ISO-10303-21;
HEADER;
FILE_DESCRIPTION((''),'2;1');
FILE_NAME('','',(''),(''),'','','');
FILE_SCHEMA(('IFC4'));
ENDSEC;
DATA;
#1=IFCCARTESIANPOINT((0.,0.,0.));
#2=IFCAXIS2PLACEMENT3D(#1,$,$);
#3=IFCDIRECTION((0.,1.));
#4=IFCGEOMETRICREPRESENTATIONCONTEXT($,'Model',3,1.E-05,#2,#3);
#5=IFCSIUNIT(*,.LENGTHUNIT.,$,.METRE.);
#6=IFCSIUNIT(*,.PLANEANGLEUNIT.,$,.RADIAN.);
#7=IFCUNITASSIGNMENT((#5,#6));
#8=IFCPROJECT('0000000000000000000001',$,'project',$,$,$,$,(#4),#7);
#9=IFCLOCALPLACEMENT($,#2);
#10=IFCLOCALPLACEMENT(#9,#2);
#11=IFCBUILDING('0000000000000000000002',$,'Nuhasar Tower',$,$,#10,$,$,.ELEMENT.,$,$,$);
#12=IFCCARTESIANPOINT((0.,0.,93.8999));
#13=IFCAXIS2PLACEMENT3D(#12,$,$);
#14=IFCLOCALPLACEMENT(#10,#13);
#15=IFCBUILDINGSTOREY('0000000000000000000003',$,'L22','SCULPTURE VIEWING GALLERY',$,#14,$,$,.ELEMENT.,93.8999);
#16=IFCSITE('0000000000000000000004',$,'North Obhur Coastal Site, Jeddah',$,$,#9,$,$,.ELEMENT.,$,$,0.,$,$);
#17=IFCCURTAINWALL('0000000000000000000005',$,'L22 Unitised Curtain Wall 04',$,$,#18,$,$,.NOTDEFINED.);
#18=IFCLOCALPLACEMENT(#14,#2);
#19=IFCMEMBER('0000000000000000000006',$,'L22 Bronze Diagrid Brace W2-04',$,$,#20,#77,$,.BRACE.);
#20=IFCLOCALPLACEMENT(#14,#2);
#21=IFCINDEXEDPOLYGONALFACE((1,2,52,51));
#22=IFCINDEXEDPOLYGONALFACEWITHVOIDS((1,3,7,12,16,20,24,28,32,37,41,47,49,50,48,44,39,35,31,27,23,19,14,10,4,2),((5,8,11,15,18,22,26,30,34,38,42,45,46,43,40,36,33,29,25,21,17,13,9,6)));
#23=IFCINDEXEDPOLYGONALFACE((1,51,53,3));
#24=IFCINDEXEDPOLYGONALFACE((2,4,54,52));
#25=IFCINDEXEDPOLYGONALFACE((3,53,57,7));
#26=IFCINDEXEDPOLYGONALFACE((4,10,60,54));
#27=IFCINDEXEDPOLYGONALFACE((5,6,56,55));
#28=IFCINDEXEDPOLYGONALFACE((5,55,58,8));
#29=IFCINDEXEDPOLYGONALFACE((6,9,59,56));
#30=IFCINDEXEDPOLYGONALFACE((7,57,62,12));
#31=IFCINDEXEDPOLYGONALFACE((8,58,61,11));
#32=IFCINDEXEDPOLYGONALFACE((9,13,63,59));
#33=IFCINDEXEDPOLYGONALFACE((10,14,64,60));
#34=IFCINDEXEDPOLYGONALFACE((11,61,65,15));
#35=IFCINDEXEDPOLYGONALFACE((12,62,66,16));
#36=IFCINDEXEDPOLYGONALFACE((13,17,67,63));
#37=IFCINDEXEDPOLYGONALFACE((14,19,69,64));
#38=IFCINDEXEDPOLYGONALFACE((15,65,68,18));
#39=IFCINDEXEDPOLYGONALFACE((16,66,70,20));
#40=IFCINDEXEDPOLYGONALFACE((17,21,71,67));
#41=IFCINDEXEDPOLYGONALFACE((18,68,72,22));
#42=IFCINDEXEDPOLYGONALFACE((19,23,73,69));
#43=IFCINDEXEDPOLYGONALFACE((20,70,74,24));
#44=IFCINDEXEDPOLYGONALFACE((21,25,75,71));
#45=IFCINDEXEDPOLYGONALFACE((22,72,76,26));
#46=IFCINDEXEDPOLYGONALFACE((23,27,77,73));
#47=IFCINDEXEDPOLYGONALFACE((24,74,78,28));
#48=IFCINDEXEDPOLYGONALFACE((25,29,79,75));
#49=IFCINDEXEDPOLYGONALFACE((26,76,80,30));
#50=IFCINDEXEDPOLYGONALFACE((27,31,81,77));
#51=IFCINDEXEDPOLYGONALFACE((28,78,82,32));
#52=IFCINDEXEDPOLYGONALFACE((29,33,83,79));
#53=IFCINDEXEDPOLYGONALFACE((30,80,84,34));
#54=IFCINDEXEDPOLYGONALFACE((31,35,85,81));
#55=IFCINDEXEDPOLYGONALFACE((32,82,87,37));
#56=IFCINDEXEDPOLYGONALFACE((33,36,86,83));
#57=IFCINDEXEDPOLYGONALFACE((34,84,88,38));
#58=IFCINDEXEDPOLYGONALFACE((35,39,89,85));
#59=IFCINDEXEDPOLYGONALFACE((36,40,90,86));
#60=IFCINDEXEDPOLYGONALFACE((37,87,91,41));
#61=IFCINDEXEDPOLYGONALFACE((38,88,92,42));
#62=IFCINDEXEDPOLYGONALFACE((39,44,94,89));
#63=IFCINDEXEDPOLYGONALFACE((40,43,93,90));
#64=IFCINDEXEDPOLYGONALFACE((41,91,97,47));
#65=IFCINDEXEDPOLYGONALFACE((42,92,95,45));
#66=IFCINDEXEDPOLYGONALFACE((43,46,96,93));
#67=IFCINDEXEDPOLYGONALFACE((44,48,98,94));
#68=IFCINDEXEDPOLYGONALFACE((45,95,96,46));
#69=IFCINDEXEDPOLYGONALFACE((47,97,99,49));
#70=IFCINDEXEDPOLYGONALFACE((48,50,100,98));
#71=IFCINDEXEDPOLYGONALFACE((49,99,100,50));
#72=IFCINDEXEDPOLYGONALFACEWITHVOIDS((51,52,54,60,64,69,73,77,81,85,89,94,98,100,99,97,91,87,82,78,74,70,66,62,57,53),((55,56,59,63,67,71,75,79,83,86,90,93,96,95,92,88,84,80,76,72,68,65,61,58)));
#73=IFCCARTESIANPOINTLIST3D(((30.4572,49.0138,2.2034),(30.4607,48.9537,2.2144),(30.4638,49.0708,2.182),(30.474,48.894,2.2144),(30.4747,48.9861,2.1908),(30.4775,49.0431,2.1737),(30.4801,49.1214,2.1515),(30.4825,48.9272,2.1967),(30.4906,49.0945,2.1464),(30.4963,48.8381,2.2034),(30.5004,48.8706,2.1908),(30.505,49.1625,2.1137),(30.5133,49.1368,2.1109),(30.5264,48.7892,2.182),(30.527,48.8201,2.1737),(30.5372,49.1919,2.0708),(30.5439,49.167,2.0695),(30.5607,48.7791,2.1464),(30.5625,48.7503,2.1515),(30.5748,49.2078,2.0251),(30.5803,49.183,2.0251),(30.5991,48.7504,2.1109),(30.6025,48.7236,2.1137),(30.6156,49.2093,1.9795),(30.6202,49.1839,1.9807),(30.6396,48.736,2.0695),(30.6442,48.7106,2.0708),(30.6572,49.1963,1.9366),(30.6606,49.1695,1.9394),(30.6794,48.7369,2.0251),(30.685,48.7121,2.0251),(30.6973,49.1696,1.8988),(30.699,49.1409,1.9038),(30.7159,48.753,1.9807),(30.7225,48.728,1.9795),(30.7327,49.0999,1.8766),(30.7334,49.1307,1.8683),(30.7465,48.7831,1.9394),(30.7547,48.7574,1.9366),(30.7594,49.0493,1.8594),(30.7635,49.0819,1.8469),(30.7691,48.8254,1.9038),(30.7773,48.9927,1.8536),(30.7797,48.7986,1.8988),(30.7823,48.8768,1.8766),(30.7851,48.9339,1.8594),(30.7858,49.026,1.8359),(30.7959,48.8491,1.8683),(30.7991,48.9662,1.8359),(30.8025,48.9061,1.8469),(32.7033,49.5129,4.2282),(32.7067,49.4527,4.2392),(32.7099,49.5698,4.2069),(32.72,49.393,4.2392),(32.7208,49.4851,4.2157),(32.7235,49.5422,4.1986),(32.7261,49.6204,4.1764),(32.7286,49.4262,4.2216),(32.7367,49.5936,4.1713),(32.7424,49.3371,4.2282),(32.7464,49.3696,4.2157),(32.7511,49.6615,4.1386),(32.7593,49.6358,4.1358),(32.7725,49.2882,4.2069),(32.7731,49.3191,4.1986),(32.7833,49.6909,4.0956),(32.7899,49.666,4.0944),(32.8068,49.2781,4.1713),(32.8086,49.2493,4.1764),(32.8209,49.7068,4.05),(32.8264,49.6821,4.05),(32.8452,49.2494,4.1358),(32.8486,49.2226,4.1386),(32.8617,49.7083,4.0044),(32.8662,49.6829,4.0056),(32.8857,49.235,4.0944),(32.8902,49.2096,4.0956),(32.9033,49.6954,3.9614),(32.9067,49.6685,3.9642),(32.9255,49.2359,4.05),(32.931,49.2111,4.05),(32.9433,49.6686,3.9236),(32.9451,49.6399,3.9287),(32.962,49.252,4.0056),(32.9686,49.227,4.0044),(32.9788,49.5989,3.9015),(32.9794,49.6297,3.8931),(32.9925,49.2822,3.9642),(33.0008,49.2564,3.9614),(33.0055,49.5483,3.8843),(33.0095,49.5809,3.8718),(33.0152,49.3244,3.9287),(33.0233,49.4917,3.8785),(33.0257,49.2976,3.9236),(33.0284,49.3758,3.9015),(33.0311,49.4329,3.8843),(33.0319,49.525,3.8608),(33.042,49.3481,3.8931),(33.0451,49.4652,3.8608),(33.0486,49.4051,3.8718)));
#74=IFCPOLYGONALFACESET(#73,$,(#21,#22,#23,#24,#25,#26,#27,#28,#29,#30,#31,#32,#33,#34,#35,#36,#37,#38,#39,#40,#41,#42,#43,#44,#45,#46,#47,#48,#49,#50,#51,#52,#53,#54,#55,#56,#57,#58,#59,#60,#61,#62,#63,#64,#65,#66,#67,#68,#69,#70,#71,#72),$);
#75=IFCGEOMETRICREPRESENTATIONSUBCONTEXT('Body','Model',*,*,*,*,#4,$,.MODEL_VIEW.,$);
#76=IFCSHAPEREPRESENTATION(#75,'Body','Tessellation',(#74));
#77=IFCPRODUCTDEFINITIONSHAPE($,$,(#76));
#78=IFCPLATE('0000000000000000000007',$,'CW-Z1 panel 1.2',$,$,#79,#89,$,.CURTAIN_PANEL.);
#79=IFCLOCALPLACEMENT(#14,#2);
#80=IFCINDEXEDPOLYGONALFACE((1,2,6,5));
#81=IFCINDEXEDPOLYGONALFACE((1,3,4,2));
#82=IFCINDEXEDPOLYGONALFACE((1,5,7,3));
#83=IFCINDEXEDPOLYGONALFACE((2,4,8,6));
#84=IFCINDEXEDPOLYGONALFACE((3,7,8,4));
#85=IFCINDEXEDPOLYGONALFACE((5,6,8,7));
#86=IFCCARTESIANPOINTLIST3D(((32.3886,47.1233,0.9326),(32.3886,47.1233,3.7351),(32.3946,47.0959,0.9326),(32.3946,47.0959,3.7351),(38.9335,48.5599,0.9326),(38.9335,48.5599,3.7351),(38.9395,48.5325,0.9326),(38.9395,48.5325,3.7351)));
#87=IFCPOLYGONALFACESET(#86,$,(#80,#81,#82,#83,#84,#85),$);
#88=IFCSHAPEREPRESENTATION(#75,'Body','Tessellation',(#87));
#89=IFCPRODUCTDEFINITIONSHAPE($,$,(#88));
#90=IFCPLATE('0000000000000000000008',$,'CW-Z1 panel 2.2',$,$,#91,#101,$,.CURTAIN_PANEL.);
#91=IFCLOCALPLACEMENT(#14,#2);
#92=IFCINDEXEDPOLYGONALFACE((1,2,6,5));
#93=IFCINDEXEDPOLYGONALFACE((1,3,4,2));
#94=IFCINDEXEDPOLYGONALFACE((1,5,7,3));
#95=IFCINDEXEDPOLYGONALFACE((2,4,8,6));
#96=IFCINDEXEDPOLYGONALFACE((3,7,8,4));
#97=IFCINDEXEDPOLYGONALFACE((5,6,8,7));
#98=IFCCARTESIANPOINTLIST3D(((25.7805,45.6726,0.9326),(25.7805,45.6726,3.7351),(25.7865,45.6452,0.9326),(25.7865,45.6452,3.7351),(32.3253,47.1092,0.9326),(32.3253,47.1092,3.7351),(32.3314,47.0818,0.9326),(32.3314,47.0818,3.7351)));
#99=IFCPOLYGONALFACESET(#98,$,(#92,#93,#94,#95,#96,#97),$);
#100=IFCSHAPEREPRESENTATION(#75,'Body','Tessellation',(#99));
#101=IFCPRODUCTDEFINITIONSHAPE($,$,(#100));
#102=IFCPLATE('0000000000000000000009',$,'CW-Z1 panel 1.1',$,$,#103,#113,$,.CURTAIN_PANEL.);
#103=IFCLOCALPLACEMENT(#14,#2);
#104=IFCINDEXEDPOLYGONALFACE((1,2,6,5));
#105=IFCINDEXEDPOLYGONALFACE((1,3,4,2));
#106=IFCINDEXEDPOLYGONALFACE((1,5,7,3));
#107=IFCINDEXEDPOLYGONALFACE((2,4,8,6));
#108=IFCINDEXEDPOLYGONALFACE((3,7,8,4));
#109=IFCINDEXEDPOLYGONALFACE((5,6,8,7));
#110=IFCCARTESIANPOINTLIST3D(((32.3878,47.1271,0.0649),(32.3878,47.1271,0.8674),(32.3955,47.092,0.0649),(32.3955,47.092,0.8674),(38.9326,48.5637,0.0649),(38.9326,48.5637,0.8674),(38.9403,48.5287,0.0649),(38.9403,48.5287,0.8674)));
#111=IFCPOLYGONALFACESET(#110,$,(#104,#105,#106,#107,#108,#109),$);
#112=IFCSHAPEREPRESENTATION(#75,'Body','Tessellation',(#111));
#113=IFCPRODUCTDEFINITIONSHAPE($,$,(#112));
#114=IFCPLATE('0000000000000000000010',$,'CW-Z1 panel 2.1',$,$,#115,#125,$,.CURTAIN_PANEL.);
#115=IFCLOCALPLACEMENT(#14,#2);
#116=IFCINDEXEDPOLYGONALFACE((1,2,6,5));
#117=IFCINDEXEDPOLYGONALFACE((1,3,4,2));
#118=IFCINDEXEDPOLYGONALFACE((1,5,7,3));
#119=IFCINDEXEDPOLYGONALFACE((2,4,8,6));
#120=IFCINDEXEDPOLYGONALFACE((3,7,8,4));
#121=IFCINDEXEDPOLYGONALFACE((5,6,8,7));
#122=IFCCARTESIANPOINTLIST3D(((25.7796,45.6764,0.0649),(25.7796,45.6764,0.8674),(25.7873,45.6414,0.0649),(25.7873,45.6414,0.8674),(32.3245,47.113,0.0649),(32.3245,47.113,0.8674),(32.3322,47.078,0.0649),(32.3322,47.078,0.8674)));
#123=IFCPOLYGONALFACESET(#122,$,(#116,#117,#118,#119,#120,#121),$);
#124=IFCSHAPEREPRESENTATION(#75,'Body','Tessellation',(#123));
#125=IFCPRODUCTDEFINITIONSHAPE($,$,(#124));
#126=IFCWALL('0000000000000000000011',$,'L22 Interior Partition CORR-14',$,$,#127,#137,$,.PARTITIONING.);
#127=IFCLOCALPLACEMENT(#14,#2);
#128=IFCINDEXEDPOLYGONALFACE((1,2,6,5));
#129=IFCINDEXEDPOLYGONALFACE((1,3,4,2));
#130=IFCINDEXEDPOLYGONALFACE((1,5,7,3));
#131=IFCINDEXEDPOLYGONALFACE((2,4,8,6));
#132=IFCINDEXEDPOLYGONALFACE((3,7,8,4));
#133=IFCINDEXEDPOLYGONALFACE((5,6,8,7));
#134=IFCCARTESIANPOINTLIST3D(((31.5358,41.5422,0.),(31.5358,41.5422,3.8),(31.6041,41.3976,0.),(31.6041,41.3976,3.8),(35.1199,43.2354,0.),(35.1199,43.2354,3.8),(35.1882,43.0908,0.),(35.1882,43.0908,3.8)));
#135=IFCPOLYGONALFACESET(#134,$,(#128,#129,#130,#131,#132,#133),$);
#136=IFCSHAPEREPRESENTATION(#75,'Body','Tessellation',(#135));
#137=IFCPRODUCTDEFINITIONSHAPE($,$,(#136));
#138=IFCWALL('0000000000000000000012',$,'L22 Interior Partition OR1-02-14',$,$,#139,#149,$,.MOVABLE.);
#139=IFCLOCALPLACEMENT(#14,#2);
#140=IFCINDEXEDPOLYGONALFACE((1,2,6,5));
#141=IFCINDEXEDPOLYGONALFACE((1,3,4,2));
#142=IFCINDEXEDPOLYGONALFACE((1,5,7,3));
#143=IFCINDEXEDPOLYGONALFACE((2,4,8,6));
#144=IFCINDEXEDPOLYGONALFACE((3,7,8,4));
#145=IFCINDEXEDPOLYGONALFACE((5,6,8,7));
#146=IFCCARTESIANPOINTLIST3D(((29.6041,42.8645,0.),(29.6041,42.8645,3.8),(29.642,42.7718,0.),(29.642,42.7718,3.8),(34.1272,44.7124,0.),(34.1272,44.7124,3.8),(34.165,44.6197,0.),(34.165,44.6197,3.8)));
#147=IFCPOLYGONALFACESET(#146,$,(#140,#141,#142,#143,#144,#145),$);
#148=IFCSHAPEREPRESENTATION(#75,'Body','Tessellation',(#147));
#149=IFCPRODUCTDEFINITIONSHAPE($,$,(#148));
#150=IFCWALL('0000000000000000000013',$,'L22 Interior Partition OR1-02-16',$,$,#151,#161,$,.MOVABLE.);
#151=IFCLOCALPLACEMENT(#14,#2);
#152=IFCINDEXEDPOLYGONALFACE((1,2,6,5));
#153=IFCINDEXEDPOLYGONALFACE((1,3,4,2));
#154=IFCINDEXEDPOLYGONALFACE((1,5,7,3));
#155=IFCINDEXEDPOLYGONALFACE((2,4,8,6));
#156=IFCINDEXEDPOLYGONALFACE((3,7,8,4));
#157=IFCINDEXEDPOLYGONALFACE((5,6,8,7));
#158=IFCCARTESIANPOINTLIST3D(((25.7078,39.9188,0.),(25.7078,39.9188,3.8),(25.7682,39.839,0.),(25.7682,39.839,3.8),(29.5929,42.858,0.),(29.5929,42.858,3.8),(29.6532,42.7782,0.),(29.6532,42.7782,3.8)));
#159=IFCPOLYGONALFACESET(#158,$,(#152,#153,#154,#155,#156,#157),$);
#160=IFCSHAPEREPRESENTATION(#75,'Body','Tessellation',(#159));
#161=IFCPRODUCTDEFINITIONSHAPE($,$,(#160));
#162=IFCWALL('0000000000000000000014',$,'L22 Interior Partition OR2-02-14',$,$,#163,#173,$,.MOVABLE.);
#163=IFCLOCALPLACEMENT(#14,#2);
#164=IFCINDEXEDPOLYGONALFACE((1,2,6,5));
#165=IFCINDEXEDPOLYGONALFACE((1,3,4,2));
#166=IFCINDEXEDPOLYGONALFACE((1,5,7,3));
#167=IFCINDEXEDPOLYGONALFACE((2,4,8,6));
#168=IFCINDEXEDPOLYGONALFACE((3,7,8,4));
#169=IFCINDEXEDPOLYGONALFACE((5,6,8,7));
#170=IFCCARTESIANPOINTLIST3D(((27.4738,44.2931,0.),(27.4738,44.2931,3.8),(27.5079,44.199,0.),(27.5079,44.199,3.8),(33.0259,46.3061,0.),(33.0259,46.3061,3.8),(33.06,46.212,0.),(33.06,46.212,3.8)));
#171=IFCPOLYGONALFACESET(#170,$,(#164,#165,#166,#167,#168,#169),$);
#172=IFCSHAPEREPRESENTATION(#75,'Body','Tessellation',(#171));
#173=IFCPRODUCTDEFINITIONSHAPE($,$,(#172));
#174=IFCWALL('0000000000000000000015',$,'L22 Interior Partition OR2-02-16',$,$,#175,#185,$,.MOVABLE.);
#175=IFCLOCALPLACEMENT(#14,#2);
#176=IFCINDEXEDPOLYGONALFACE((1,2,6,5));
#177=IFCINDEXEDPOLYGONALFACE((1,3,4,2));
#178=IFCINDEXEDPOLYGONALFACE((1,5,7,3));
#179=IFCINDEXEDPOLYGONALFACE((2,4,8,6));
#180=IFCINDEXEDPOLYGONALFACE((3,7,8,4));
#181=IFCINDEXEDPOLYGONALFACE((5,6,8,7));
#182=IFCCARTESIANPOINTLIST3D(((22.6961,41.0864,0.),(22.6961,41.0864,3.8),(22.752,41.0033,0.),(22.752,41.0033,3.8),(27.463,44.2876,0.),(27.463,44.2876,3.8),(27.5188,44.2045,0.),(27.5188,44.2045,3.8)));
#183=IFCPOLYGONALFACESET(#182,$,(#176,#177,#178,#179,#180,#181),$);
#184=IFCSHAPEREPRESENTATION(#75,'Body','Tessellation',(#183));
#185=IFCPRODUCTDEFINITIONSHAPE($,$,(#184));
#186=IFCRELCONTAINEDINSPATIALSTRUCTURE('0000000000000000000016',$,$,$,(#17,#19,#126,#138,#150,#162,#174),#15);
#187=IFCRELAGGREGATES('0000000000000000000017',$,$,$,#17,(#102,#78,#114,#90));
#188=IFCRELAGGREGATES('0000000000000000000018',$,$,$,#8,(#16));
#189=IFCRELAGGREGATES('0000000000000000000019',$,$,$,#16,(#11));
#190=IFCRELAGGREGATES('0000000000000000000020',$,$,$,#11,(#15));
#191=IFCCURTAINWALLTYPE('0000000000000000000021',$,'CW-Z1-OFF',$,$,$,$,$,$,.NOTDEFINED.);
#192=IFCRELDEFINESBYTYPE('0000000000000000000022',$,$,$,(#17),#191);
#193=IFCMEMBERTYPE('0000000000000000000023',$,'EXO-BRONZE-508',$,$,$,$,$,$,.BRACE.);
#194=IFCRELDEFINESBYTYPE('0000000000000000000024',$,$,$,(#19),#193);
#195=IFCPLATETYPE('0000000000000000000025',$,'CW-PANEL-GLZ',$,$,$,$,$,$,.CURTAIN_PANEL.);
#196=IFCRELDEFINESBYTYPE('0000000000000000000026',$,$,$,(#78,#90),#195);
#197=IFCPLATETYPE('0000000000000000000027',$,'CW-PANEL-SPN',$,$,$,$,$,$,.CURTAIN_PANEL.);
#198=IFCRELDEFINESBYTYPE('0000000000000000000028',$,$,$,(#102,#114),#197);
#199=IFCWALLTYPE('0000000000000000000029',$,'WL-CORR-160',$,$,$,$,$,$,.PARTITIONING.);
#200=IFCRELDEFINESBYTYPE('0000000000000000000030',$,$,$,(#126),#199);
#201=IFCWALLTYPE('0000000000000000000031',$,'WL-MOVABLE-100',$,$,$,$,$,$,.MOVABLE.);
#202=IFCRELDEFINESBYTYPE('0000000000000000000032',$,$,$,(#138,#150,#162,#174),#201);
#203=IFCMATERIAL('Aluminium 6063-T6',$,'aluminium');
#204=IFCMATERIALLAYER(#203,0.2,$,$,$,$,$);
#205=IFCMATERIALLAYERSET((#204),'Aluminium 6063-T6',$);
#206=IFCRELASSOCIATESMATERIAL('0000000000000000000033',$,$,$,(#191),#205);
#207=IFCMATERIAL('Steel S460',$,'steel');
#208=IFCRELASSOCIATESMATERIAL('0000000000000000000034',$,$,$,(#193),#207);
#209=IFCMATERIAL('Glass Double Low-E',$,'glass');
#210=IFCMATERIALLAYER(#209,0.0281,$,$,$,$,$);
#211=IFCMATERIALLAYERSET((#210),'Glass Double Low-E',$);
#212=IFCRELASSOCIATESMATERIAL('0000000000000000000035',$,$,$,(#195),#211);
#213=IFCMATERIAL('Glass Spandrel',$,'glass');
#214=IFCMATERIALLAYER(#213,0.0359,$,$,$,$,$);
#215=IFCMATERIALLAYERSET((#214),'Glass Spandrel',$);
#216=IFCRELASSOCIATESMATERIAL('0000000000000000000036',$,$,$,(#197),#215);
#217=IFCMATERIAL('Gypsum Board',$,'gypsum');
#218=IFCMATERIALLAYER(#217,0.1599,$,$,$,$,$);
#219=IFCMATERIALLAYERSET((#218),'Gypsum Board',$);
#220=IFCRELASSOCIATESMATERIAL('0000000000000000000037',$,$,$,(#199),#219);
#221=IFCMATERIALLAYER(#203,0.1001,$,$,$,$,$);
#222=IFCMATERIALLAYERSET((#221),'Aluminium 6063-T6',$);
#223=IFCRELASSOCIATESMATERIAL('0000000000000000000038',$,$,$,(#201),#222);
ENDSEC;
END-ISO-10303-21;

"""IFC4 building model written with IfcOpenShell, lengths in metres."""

from ifc_helpers import new_model, si_unit, direction, frame, frame_2d, origin, origin_2d, place, context, subcontext, project, spatial, rectangle, hollow_circle, extrude, material, layer, layer_set, material_profile, profile_set, type_object, element, aggregate, save


model = new_model("IFC4")

# Units and contexts
model_context = context("Model", 3, precision=1e-05, world=origin(), true_north=direction((0.0, 1.0)))
body_context = subcontext(model_context, "Body", "Model", "MODEL_VIEW")
ifc_project = project(units=[si_unit("LENGTHUNIT", "METRE"), si_unit("PLANEANGLEUNIT", "RADIAN")], contexts=[model_context])

# Site, building, storey
site_placement = place(None, origin())
site = spatial("IfcSite", under=ifc_project, at=site_placement, Name="North Obhur Coastal Site, Jeddah", CompositionType="ELEMENT", RefElevation=0.0)
building_placement = place(site_placement, origin())
building = spatial("IfcBuilding", under=site, at=building_placement, Name="Nuhasar Tower", CompositionType="ELEMENT")
storey_placement = place(building_placement, frame((0.0, 0.0, 93.8999)))
storey = spatial("IfcBuildingStorey", under=building, at=storey_placement, Name="L22", Description="SCULPTURE VIEWING GALLERY", CompositionType="ELEMENT", Elevation=93.8999)

# Curtain wall
ifc_material_1 = material(Name="Aluminium 6063-T6", Category="aluminium")
ifc_layer_1 = layer(ifc_material_1, 0.2)
ifc_layer_set_1 = layer_set([ifc_layer_1], Name="Aluminium 6063-T6")
curtain_wall_type = type_object("IfcCurtainWallType", Name="CW-Z1-OFF", PredefinedType="NOTDEFINED", material=ifc_layer_set_1)
curtain_wall_placement = place(storey_placement, origin())
curtain_wall = element("IfcCurtainWall", 1, at=curtain_wall_placement, inside=storey, type_object=curtain_wall_type, Name="L22 Unitised Curtain Wall 04", PredefinedType="NOTDEFINED")

# Member
ifc_material_2 = material(Name="Steel S460", Category="steel")
ifc_material_profile_1 = material_profile(ifc_material_2, hollow_circle(Radius=0.2539, WallThickness=0.0254, at=origin_2d()), Name="HSS508X25.4")
ifc_profile_set_1 = profile_set([ifc_material_profile_1], Name="Steel S460")
member_type_1 = type_object("IfcMemberType", Name="EXO-BRONZE-508", PredefinedType="BRACE", material=ifc_profile_set_1)
member_1_placement = place(storey_placement, frame((30.6299, 48.96, 2.0251), z_axis=(0.732821, 0.162814, 0.660654), x_axis=(-0.216886, 0.976197, 0.0)))
element("IfcMember", 2, at=member_1_placement, inside=storey, type_object=member_type_1, Name="L22 Bronze Diagrid Brace W2-04", PredefinedType="BRACE", context=body_context, shape_type="SweptSolid", body=[
    extrude(hollow_circle(Radius=0.2539, WallThickness=0.0254, at=origin_2d()), origin(), (0.0, 0.0, 1.0), 3.0649),
])

# Plates
ifc_material_3 = material(Name="Glass Double Low-E", Category="glass")
ifc_layer_2 = layer(ifc_material_3, 0.0281)
ifc_layer_set_2 = layer_set([ifc_layer_2], Name="Glass Double Low-E")
plate_type_1 = type_object("IfcPlateType", Name="CW-PANEL-GLZ", PredefinedType="CURTAIN_PANEL", material=ifc_layer_set_2)
plate_1_placement = place(storey_placement, frame((35.6641, 47.8279, 0.9326), z_axis=(0.0, 0.0, 1.0), x_axis=(-0.976746, -0.214399, 0.0)))
plate_1 = element("IfcPlate", 3, at=plate_1_placement, type_object=plate_type_1, Name="CW-Z1 panel 1.2", PredefinedType="CURTAIN_PANEL", context=body_context, shape_type="SweptSolid", body=[
    extrude(rectangle(XDim=6.7007, YDim=0.0281, at=origin_2d()), origin(), (0.0, 0.0, 1.0), 2.8025),
])
plate_2_placement = place(storey_placement, frame((29.0559, 46.3772, 0.9326), z_axis=(0.0, 0.0, 1.0), x_axis=(-0.976746, -0.214399, 0.0)))
plate_2 = element("IfcPlate", 4, at=plate_2_placement, type_object=plate_type_1, Name="CW-Z1 panel 2.2", PredefinedType="CURTAIN_PANEL", context=body_context, shape_type="SweptSolid", body=[
    extrude(rectangle(XDim=6.7007, YDim=0.0281, at=origin_2d()), origin(), (0.0, 0.0, 1.0), 2.8025),
])
ifc_material_4 = material(Name="Glass Spandrel", Category="glass")
ifc_layer_3 = layer(ifc_material_4, 0.0359)
ifc_layer_set_3 = layer_set([ifc_layer_3], Name="Glass Spandrel")
plate_type_2 = type_object("IfcPlateType", Name="CW-PANEL-SPN", PredefinedType="CURTAIN_PANEL", material=ifc_layer_set_3)
plate_3_placement = place(storey_placement, frame((35.6641, 47.8279, 0.0649), z_axis=(0.0, 0.0, 1.0), x_axis=(-0.976746, -0.214399, 0.0)))
plate_3 = element("IfcPlate", 5, at=plate_3_placement, type_object=plate_type_2, Name="CW-Z1 panel 1.1", PredefinedType="CURTAIN_PANEL", context=body_context, shape_type="SweptSolid", body=[
    extrude(rectangle(XDim=6.7007, YDim=0.0359, at=origin_2d()), origin(), (0.0, 0.0, 1.0), 0.8025),
])
plate_4_placement = place(storey_placement, frame((29.0559, 46.3772, 0.0649), z_axis=(0.0, 0.0, 1.0), x_axis=(-0.976746, -0.214399, 0.0)))
plate_4 = element("IfcPlate", 6, at=plate_4_placement, type_object=plate_type_2, Name="CW-Z1 panel 2.1", PredefinedType="CURTAIN_PANEL", context=body_context, shape_type="SweptSolid", body=[
    extrude(rectangle(XDim=6.7007, YDim=0.0359, at=origin_2d()), origin(), (0.0, 0.0, 1.0), 0.8025),
])
aggregate(curtain_wall, [plate_3, plate_1, plate_4, plate_2])

# Walls
ifc_material_5 = material(Name="Gypsum Board", Category="gypsum")
ifc_layer_4 = layer(ifc_material_5, 0.1599)
ifc_layer_set_4 = layer_set([ifc_layer_4], Name="Gypsum Board")
wall_type_1 = type_object("IfcWallType", Name="WL-CORR-160", PredefinedType="PARTITIONING", material=ifc_layer_set_4)
wall_1_placement = place(storey_placement, frame((35.1541, 43.1631, 0.0), z_axis=(0.0, 0.0, 1.0), x_axis=(-0.904183, -0.427146, 0.0)))
element("IfcWall", 7, at=wall_1_placement, inside=storey, type_object=wall_type_1, Name="L22 Interior Partition CORR-14", PredefinedType="PARTITIONING", context=body_context, shape_type="SweptSolid", body=[
    extrude(rectangle(XDim=3.9639, YDim=0.1599, at=frame_2d((1.9819, 0.0))), origin(), (0.0, 0.0, 1.0), 3.8),
])
ifc_layer_5 = layer(ifc_material_1, 0.1001)
ifc_layer_set_5 = layer_set([ifc_layer_5], Name="Aluminium 6063-T6")
wall_type_2 = type_object("IfcWallType", Name="WL-MOVABLE-100", PredefinedType="MOVABLE", material=ifc_layer_set_5)
wall_2_placement = place(storey_placement, frame((34.146, 44.666, 0.0), z_axis=(0.0, 0.0, 1.0), x_axis=(-0.925719, -0.378213, 0.0)))
element("IfcWall", 8, at=wall_2_placement, inside=storey, type_object=wall_type_2, Name="L22 Interior Partition OR1-02-14", PredefinedType="MOVABLE", context=body_context, shape_type="SweptSolid", body=[
    extrude(rectangle(XDim=4.886, YDim=0.1001, at=frame_2d((2.4429, 0.0))), origin(), (0.0, 0.0, 1.0), 3.8),
])
wall_3_placement = place(storey_placement, frame((29.623, 42.8181, 0.0), z_axis=(0.0, 0.0, 1.0), x_axis=(-0.797485, -0.603338, 0.0)))
element("IfcWall", 9, at=wall_3_placement, inside=storey, type_object=wall_type_2, Name="L22 Interior Partition OR1-02-16", PredefinedType="MOVABLE", context=body_context, shape_type="SweptSolid", body=[
    extrude(rectangle(XDim=4.8716, YDim=0.1001, at=frame_2d((2.4358, 0.0))), origin(), (0.0, 0.0, 1.0), 3.8),
])
wall_4_placement = place(storey_placement, frame((33.043, 46.259, 0.0), z_axis=(0.0, 0.0, 1.0), x_axis=(-0.940118, -0.34085, 0.0)))
element("IfcWall", 10, at=wall_4_placement, inside=storey, type_object=wall_type_2, Name="L22 Interior Partition OR2-02-14", PredefinedType="MOVABLE", context=body_context, shape_type="SweptSolid", body=[
    extrude(rectangle(XDim=5.9058, YDim=0.1001, at=frame_2d((2.9529, 0.0))), origin(), (0.0, 0.0, 1.0), 3.8),
])
wall_5_placement = place(storey_placement, frame((27.491, 44.2461, 0.0), z_axis=(0.0, 0.0, 1.0), x_axis=(-0.830175, -0.557503, 0.0)))
element("IfcWall", 11, at=wall_5_placement, inside=storey, type_object=wall_type_2, Name="L22 Interior Partition OR2-02-16", PredefinedType="MOVABLE", context=body_context, shape_type="SweptSolid", body=[
    extrude(rectangle(XDim=5.7419, YDim=0.1001, at=frame_2d((2.8711, 0.0))), origin(), (0.0, 0.0, 1.0), 3.8),
])

save(model, "model.ifc")
